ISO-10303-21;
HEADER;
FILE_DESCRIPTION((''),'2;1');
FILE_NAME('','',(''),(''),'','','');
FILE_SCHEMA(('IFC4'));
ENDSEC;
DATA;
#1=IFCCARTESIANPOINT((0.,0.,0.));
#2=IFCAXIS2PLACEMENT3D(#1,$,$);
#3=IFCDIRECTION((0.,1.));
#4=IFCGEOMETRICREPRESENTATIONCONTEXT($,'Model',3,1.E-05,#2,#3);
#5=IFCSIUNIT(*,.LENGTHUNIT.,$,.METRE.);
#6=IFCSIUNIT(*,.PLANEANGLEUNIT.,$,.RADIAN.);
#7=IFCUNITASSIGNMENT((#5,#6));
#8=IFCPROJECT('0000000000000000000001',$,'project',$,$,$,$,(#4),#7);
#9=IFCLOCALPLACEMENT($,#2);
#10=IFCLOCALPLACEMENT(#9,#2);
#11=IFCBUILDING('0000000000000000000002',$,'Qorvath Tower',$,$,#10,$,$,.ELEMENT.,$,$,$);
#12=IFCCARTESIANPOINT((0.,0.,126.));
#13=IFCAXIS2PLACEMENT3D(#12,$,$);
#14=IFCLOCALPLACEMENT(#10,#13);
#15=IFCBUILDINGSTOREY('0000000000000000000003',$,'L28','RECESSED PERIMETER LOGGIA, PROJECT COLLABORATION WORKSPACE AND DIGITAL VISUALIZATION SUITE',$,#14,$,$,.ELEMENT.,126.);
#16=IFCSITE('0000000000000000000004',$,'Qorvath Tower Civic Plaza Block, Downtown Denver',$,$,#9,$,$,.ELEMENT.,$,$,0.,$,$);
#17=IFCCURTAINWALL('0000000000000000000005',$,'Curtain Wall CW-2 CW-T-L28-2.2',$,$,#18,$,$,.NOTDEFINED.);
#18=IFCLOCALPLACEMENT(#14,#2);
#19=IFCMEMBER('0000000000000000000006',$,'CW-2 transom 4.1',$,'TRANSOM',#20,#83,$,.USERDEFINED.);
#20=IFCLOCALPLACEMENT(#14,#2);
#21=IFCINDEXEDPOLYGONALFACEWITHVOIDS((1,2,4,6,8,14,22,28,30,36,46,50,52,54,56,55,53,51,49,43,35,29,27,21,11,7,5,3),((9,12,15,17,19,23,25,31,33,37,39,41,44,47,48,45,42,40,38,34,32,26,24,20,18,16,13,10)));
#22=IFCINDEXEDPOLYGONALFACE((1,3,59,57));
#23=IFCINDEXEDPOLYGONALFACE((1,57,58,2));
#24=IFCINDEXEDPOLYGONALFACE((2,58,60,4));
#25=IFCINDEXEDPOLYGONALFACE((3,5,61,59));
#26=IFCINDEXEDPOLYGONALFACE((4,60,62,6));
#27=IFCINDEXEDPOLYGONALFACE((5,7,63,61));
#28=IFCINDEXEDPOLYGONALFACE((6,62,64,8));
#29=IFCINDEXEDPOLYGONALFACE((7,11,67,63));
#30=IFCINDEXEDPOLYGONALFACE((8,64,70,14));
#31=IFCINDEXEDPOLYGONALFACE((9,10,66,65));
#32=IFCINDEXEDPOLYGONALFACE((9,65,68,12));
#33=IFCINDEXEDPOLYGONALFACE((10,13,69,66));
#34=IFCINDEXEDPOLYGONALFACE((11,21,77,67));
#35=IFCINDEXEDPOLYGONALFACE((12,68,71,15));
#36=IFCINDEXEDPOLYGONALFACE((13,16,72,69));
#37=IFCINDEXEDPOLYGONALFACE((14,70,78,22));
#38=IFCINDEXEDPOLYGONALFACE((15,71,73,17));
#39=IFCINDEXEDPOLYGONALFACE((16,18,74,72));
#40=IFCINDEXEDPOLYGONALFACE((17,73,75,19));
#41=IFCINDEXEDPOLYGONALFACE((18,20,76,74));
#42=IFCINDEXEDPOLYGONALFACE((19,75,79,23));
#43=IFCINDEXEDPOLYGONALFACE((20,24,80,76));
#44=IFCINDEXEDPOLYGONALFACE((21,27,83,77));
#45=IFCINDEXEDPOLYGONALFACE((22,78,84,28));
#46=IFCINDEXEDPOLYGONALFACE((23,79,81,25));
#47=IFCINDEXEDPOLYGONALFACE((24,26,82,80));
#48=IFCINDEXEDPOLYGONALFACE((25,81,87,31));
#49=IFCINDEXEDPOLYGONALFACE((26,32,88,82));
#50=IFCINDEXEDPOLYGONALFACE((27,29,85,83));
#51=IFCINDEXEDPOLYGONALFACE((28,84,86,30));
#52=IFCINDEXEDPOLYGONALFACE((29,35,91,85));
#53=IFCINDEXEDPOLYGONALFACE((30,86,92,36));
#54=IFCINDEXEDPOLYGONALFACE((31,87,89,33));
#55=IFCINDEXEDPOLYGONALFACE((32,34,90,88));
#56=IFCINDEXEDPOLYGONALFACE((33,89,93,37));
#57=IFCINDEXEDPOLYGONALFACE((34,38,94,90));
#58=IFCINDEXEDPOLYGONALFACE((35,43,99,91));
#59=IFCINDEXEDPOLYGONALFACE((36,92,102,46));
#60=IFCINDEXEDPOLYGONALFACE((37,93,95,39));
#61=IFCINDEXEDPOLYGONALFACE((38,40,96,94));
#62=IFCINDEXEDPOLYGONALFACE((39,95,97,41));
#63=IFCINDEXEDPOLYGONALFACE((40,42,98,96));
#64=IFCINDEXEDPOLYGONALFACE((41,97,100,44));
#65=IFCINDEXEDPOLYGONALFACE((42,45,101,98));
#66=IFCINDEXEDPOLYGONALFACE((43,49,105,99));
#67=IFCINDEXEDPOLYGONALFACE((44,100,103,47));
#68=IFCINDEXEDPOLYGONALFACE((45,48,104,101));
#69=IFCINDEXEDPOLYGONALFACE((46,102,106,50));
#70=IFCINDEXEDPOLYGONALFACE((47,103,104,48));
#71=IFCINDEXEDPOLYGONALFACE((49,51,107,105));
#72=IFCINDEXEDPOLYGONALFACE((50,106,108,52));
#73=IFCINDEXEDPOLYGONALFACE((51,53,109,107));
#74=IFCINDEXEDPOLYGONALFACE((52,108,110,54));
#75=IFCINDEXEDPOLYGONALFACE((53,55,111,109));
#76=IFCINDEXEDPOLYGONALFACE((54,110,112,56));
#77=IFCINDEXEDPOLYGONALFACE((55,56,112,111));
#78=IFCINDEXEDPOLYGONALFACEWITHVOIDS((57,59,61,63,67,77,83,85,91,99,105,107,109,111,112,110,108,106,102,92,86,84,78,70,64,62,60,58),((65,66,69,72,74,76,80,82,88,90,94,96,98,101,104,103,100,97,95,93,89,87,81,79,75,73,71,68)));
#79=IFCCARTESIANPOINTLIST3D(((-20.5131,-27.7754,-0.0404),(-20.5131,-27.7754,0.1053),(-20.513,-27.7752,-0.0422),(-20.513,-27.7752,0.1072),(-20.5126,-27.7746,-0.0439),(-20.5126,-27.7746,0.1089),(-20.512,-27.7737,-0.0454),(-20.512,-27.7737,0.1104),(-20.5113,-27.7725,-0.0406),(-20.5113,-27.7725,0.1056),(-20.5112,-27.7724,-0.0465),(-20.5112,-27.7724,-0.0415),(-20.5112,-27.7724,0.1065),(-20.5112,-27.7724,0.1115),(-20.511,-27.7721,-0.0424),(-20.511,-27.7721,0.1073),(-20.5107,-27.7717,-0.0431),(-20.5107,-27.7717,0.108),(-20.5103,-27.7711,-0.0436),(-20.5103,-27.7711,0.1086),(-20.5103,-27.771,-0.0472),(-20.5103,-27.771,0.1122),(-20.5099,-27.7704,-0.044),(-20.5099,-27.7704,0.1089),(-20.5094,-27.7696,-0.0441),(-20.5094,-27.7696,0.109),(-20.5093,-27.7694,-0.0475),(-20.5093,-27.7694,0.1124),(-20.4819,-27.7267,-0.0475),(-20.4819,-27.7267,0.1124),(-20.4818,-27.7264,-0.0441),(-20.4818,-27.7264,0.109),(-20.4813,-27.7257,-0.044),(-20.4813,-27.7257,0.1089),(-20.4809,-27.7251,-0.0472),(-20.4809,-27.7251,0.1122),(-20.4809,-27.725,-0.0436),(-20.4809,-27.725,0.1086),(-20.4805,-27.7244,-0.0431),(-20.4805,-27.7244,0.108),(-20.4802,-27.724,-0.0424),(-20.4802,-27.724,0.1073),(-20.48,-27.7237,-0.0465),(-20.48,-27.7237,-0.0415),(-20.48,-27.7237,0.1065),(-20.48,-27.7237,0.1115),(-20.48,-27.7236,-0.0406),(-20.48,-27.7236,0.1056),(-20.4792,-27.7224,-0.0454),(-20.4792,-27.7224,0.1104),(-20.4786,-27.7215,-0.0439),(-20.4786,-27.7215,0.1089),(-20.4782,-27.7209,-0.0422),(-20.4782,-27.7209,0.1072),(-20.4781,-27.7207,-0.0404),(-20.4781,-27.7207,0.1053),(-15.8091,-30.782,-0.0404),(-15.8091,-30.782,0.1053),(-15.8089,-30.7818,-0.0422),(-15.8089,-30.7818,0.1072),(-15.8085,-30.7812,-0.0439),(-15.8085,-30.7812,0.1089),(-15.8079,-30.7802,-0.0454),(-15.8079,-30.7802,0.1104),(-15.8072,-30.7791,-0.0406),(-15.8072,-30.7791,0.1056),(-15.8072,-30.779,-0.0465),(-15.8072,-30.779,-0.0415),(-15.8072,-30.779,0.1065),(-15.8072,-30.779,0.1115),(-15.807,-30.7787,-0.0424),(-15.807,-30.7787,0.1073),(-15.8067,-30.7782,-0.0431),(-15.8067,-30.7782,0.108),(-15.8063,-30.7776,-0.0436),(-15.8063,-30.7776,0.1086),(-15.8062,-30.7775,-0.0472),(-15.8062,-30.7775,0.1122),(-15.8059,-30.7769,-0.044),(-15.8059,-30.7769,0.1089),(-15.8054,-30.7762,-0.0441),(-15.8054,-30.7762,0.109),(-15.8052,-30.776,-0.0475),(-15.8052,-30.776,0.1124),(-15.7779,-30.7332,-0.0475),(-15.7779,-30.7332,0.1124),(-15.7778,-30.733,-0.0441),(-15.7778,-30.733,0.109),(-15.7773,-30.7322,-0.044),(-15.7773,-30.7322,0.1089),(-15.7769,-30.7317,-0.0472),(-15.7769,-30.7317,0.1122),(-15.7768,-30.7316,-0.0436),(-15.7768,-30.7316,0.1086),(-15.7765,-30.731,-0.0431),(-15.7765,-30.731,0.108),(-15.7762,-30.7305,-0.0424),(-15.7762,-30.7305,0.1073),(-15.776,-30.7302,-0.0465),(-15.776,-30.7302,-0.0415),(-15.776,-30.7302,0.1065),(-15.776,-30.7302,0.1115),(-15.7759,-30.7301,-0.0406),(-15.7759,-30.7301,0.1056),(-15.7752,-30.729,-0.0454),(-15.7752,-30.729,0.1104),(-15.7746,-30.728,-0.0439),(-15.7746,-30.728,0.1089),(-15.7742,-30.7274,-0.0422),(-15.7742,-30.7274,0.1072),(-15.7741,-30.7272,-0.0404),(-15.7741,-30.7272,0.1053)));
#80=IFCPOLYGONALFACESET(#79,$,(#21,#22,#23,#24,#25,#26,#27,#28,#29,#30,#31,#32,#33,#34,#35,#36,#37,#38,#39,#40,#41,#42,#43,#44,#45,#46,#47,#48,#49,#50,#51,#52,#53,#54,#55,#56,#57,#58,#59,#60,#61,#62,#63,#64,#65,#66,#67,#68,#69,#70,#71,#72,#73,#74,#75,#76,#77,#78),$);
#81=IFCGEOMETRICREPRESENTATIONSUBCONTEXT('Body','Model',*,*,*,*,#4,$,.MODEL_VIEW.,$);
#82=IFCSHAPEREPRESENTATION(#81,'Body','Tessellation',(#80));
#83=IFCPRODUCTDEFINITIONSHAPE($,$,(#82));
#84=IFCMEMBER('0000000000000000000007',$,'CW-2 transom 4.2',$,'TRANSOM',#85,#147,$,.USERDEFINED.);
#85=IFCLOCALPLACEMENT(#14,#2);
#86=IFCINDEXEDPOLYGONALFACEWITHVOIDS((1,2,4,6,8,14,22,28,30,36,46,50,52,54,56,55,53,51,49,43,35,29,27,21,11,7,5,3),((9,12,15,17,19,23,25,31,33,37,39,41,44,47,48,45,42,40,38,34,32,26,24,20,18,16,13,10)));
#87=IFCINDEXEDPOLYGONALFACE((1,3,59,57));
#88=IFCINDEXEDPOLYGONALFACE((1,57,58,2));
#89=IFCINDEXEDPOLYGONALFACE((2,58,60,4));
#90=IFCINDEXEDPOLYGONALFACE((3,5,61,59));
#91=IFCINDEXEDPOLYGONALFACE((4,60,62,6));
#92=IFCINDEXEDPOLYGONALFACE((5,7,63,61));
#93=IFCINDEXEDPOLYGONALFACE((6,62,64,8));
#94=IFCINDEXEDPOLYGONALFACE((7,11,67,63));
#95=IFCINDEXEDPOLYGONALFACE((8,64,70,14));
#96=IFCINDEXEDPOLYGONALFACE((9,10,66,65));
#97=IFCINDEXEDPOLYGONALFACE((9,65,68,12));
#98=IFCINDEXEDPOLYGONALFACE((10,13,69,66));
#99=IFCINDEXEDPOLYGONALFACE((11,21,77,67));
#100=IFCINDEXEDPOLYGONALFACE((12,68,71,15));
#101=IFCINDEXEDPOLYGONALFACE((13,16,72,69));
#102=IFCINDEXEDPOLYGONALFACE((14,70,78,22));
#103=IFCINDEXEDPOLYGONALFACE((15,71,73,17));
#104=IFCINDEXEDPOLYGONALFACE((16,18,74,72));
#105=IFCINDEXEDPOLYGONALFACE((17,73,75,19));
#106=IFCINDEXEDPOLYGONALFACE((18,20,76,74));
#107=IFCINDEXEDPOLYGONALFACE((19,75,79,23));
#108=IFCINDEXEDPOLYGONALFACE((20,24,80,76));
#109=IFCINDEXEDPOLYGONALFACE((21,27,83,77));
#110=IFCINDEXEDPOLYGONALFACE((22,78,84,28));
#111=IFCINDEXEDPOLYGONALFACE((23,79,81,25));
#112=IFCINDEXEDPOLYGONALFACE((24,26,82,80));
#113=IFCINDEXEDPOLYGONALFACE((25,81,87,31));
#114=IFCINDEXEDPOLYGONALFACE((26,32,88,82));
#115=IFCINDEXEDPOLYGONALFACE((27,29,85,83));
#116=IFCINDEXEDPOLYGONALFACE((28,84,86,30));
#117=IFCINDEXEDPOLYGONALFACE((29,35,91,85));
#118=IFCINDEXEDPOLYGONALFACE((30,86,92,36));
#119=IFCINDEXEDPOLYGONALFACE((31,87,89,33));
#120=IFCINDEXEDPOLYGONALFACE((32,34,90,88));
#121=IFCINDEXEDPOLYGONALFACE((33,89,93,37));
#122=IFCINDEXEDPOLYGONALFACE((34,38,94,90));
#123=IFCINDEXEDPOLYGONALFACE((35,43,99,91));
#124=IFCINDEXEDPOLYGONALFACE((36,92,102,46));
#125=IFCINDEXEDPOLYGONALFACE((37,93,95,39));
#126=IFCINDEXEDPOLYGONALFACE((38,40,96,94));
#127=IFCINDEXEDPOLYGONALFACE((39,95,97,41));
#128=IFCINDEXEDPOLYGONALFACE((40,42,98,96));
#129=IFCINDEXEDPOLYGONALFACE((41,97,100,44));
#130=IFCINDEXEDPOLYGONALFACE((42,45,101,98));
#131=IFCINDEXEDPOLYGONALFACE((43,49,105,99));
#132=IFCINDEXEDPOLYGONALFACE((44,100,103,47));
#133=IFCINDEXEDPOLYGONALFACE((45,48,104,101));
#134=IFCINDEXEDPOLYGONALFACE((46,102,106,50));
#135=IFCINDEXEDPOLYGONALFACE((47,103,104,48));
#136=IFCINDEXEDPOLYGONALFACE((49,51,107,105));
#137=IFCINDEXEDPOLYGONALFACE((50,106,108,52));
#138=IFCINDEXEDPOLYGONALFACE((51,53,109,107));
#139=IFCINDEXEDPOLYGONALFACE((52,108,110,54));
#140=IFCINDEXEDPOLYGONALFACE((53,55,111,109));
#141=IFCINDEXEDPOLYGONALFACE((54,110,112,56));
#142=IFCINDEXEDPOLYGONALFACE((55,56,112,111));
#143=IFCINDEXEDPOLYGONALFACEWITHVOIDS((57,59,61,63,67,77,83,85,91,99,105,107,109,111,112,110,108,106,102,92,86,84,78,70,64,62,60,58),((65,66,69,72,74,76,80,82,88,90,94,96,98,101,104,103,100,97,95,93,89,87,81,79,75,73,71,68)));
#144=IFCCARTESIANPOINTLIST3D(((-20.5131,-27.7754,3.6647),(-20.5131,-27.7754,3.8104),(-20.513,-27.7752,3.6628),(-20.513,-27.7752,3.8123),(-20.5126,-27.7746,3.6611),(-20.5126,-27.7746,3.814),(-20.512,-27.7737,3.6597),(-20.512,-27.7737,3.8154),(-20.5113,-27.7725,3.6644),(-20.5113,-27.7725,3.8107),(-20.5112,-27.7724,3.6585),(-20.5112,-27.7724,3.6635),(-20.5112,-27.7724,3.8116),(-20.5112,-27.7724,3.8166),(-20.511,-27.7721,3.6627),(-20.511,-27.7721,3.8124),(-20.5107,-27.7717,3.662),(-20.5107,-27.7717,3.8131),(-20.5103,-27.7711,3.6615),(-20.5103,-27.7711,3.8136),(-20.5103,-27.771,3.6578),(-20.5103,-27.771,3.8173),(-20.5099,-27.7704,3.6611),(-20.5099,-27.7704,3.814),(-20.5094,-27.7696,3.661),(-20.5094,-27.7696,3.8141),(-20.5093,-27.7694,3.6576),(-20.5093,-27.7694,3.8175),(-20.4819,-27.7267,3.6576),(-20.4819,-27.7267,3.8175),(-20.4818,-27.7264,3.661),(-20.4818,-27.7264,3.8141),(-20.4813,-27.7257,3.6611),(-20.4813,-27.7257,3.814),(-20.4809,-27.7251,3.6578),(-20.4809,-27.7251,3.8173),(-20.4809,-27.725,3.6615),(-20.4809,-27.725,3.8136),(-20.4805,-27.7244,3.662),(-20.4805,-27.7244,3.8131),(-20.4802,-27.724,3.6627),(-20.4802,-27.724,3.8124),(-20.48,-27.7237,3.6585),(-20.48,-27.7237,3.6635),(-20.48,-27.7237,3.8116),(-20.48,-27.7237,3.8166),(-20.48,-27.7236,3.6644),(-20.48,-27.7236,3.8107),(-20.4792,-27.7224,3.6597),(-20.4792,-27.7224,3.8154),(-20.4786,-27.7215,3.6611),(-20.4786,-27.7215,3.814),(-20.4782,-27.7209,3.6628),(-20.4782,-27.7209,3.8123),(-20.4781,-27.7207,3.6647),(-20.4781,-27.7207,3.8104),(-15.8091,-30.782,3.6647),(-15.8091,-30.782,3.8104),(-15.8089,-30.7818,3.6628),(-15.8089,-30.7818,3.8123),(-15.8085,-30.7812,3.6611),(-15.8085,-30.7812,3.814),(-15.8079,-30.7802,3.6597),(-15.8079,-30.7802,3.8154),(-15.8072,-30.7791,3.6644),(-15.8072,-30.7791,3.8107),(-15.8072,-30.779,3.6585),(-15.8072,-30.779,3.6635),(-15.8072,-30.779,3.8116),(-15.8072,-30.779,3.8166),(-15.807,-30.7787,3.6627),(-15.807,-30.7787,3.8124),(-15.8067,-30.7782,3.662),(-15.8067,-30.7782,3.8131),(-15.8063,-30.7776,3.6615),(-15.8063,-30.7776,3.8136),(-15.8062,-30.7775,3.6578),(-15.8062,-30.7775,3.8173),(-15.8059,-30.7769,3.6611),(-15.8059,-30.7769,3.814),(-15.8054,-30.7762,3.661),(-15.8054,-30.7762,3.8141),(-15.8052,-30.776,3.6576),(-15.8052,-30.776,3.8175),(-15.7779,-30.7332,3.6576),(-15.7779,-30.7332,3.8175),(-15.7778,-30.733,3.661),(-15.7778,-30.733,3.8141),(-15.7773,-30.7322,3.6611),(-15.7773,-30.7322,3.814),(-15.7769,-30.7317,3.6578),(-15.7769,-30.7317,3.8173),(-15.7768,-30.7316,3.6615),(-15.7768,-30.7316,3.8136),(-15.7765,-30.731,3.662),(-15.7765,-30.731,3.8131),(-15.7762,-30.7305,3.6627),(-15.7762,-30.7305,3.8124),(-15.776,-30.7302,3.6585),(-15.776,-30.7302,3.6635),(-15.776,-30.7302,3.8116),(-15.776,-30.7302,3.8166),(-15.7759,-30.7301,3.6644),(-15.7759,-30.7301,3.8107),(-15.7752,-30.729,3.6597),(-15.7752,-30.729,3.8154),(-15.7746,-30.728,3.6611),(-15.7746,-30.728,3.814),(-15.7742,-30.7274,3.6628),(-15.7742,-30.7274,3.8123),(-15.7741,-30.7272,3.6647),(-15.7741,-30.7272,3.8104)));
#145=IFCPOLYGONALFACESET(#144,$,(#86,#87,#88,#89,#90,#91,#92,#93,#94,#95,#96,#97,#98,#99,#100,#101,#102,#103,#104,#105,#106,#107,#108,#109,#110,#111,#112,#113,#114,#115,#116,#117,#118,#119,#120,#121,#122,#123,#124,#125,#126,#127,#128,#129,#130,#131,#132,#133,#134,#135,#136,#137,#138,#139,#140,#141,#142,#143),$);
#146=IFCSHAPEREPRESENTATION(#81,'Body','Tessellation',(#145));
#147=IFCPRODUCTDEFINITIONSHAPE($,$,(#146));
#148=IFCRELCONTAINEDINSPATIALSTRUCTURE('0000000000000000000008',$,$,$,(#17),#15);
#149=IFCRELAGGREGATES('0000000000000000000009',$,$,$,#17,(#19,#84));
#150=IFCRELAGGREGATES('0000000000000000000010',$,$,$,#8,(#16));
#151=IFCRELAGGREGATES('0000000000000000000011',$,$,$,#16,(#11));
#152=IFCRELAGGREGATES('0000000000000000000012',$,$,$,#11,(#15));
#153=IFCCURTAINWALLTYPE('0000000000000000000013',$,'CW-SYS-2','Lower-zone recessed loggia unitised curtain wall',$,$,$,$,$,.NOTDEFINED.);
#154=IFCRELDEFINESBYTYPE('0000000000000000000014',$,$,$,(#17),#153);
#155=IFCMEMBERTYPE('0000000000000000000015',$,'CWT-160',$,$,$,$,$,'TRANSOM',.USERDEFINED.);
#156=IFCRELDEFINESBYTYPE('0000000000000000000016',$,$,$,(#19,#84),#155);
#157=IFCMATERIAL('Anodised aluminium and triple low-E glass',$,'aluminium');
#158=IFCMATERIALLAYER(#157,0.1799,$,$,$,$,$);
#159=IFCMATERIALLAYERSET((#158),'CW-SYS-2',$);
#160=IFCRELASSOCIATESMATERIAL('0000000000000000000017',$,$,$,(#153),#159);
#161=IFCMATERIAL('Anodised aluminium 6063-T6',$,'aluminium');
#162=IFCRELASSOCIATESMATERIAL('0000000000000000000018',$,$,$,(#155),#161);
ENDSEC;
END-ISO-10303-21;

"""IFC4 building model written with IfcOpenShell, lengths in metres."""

from ifc_helpers import new_model, si_unit, direction, frame, origin, origin_2d, place, context, subcontext, project, spatial, hollow_rectangle, extrude, material, layer, layer_set, material_profile, profile_set, type_object, element, aggregate, save


model = new_model("IFC4")

# Units and contexts
model_context = context("Model", 3, precision=1e-05, world=origin(), true_north=direction((0.0, 1.0)))
body_context = subcontext(model_context, "Body", "Model", "MODEL_VIEW")
ifc_project = project(units=[si_unit("LENGTHUNIT", "METRE"), si_unit("PLANEANGLEUNIT", "RADIAN")], contexts=[model_context])

# Site, building, storey
site_placement = place(None, origin())
site = spatial("IfcSite", under=ifc_project, at=site_placement, Name="Qorvath Tower Civic Plaza Block, Downtown Denver", CompositionType="ELEMENT", RefElevation=0.0)
building_placement = place(site_placement, origin())
building = spatial("IfcBuilding", under=site, at=building_placement, Name="Qorvath Tower", CompositionType="ELEMENT")
storey_placement = place(building_placement, frame((0.0, 0.0, 126.0)))
storey = spatial("IfcBuildingStorey", under=building, at=storey_placement, Name="L28", Description="RECESSED PERIMETER LOGGIA, PROJECT COLLABORATION WORKSPACE AND DIGITAL VISUALIZATION SUITE", CompositionType="ELEMENT", Elevation=126.0)

# Curtain wall
ifc_material_1 = material(Name="Anodised aluminium and triple low-E glass", Category="aluminium")
ifc_layer_1 = layer(ifc_material_1, 0.1799)
ifc_layer_set_1 = layer_set([ifc_layer_1], Name="CW-SYS-2")
curtain_wall_type = type_object("IfcCurtainWallType", Name="CW-SYS-2", Description="Lower-zone recessed loggia unitised curtain wall", PredefinedType="NOTDEFINED", material=ifc_layer_set_1)
curtain_wall_1_placement = place(storey_placement, origin())
curtain_wall_1 = element("IfcCurtainWall", 1, at=curtain_wall_1_placement, inside=storey, type_object=curtain_wall_type, Name="Curtain Wall CW-2 CW-T-L28-2.2", PredefinedType="NOTDEFINED")

# Members
ifc_material_2 = material(Name="Anodised aluminium 6063-T6", Category="aluminium")
ifc_material_profile_1 = material_profile(ifc_material_2, hollow_rectangle(XDim=0.0649, YDim=0.1599, WallThickness=0.0034, InnerFilletRadius=0.0034, OuterFilletRadius=0.0071, at=origin_2d()), Name="CWT 160x65")
ifc_profile_set_1 = profile_set([ifc_material_profile_1], Name="Anodised aluminium 6063-T6")
member_type_1 = type_object("IfcMemberType", Name="CWT-160", ElementType="TRANSOM", PredefinedType="USERDEFINED", material=ifc_profile_set_1)
member_1_placement = place(storey_placement, frame((-20.4956, -27.748, 0.0325), z_axis=(0.842599, -0.538541, 0.0), x_axis=(0.538541, 0.842599, 0.0)))
member_1 = element("IfcMember", 2, at=member_1_placement, type_object=member_type_1, Name="CW-2 transom 4.1", ObjectType="TRANSOM", PredefinedType="USERDEFINED", context=body_context, shape_type="SweptSolid", body=[
    extrude(hollow_rectangle(XDim=0.0649, YDim=0.1599, WallThickness=0.0034, InnerFilletRadius=0.0034, OuterFilletRadius=0.0071, at=origin_2d()), origin(), (0.0, 0.0, 1.0), 5.5828),
])
member_2_placement = place(storey_placement, frame((-20.4956, -27.748, 3.7375), z_axis=(0.842599, -0.538541, 0.0), x_axis=(0.538541, 0.842599, 0.0)))
member_2 = element("IfcMember", 3, at=member_2_placement, type_object=member_type_1, Name="CW-2 transom 4.2", ObjectType="TRANSOM", PredefinedType="USERDEFINED", context=body_context, shape_type="SweptSolid", body=[
    extrude(hollow_rectangle(XDim=0.0649, YDim=0.1599, WallThickness=0.0034, InnerFilletRadius=0.0034, OuterFilletRadius=0.0071, at=origin_2d()), origin(), (0.0, 0.0, 1.0), 5.5828),
])

aggregate(curtain_wall_1, [member_1, member_2])

save(model, "model.ifc")
